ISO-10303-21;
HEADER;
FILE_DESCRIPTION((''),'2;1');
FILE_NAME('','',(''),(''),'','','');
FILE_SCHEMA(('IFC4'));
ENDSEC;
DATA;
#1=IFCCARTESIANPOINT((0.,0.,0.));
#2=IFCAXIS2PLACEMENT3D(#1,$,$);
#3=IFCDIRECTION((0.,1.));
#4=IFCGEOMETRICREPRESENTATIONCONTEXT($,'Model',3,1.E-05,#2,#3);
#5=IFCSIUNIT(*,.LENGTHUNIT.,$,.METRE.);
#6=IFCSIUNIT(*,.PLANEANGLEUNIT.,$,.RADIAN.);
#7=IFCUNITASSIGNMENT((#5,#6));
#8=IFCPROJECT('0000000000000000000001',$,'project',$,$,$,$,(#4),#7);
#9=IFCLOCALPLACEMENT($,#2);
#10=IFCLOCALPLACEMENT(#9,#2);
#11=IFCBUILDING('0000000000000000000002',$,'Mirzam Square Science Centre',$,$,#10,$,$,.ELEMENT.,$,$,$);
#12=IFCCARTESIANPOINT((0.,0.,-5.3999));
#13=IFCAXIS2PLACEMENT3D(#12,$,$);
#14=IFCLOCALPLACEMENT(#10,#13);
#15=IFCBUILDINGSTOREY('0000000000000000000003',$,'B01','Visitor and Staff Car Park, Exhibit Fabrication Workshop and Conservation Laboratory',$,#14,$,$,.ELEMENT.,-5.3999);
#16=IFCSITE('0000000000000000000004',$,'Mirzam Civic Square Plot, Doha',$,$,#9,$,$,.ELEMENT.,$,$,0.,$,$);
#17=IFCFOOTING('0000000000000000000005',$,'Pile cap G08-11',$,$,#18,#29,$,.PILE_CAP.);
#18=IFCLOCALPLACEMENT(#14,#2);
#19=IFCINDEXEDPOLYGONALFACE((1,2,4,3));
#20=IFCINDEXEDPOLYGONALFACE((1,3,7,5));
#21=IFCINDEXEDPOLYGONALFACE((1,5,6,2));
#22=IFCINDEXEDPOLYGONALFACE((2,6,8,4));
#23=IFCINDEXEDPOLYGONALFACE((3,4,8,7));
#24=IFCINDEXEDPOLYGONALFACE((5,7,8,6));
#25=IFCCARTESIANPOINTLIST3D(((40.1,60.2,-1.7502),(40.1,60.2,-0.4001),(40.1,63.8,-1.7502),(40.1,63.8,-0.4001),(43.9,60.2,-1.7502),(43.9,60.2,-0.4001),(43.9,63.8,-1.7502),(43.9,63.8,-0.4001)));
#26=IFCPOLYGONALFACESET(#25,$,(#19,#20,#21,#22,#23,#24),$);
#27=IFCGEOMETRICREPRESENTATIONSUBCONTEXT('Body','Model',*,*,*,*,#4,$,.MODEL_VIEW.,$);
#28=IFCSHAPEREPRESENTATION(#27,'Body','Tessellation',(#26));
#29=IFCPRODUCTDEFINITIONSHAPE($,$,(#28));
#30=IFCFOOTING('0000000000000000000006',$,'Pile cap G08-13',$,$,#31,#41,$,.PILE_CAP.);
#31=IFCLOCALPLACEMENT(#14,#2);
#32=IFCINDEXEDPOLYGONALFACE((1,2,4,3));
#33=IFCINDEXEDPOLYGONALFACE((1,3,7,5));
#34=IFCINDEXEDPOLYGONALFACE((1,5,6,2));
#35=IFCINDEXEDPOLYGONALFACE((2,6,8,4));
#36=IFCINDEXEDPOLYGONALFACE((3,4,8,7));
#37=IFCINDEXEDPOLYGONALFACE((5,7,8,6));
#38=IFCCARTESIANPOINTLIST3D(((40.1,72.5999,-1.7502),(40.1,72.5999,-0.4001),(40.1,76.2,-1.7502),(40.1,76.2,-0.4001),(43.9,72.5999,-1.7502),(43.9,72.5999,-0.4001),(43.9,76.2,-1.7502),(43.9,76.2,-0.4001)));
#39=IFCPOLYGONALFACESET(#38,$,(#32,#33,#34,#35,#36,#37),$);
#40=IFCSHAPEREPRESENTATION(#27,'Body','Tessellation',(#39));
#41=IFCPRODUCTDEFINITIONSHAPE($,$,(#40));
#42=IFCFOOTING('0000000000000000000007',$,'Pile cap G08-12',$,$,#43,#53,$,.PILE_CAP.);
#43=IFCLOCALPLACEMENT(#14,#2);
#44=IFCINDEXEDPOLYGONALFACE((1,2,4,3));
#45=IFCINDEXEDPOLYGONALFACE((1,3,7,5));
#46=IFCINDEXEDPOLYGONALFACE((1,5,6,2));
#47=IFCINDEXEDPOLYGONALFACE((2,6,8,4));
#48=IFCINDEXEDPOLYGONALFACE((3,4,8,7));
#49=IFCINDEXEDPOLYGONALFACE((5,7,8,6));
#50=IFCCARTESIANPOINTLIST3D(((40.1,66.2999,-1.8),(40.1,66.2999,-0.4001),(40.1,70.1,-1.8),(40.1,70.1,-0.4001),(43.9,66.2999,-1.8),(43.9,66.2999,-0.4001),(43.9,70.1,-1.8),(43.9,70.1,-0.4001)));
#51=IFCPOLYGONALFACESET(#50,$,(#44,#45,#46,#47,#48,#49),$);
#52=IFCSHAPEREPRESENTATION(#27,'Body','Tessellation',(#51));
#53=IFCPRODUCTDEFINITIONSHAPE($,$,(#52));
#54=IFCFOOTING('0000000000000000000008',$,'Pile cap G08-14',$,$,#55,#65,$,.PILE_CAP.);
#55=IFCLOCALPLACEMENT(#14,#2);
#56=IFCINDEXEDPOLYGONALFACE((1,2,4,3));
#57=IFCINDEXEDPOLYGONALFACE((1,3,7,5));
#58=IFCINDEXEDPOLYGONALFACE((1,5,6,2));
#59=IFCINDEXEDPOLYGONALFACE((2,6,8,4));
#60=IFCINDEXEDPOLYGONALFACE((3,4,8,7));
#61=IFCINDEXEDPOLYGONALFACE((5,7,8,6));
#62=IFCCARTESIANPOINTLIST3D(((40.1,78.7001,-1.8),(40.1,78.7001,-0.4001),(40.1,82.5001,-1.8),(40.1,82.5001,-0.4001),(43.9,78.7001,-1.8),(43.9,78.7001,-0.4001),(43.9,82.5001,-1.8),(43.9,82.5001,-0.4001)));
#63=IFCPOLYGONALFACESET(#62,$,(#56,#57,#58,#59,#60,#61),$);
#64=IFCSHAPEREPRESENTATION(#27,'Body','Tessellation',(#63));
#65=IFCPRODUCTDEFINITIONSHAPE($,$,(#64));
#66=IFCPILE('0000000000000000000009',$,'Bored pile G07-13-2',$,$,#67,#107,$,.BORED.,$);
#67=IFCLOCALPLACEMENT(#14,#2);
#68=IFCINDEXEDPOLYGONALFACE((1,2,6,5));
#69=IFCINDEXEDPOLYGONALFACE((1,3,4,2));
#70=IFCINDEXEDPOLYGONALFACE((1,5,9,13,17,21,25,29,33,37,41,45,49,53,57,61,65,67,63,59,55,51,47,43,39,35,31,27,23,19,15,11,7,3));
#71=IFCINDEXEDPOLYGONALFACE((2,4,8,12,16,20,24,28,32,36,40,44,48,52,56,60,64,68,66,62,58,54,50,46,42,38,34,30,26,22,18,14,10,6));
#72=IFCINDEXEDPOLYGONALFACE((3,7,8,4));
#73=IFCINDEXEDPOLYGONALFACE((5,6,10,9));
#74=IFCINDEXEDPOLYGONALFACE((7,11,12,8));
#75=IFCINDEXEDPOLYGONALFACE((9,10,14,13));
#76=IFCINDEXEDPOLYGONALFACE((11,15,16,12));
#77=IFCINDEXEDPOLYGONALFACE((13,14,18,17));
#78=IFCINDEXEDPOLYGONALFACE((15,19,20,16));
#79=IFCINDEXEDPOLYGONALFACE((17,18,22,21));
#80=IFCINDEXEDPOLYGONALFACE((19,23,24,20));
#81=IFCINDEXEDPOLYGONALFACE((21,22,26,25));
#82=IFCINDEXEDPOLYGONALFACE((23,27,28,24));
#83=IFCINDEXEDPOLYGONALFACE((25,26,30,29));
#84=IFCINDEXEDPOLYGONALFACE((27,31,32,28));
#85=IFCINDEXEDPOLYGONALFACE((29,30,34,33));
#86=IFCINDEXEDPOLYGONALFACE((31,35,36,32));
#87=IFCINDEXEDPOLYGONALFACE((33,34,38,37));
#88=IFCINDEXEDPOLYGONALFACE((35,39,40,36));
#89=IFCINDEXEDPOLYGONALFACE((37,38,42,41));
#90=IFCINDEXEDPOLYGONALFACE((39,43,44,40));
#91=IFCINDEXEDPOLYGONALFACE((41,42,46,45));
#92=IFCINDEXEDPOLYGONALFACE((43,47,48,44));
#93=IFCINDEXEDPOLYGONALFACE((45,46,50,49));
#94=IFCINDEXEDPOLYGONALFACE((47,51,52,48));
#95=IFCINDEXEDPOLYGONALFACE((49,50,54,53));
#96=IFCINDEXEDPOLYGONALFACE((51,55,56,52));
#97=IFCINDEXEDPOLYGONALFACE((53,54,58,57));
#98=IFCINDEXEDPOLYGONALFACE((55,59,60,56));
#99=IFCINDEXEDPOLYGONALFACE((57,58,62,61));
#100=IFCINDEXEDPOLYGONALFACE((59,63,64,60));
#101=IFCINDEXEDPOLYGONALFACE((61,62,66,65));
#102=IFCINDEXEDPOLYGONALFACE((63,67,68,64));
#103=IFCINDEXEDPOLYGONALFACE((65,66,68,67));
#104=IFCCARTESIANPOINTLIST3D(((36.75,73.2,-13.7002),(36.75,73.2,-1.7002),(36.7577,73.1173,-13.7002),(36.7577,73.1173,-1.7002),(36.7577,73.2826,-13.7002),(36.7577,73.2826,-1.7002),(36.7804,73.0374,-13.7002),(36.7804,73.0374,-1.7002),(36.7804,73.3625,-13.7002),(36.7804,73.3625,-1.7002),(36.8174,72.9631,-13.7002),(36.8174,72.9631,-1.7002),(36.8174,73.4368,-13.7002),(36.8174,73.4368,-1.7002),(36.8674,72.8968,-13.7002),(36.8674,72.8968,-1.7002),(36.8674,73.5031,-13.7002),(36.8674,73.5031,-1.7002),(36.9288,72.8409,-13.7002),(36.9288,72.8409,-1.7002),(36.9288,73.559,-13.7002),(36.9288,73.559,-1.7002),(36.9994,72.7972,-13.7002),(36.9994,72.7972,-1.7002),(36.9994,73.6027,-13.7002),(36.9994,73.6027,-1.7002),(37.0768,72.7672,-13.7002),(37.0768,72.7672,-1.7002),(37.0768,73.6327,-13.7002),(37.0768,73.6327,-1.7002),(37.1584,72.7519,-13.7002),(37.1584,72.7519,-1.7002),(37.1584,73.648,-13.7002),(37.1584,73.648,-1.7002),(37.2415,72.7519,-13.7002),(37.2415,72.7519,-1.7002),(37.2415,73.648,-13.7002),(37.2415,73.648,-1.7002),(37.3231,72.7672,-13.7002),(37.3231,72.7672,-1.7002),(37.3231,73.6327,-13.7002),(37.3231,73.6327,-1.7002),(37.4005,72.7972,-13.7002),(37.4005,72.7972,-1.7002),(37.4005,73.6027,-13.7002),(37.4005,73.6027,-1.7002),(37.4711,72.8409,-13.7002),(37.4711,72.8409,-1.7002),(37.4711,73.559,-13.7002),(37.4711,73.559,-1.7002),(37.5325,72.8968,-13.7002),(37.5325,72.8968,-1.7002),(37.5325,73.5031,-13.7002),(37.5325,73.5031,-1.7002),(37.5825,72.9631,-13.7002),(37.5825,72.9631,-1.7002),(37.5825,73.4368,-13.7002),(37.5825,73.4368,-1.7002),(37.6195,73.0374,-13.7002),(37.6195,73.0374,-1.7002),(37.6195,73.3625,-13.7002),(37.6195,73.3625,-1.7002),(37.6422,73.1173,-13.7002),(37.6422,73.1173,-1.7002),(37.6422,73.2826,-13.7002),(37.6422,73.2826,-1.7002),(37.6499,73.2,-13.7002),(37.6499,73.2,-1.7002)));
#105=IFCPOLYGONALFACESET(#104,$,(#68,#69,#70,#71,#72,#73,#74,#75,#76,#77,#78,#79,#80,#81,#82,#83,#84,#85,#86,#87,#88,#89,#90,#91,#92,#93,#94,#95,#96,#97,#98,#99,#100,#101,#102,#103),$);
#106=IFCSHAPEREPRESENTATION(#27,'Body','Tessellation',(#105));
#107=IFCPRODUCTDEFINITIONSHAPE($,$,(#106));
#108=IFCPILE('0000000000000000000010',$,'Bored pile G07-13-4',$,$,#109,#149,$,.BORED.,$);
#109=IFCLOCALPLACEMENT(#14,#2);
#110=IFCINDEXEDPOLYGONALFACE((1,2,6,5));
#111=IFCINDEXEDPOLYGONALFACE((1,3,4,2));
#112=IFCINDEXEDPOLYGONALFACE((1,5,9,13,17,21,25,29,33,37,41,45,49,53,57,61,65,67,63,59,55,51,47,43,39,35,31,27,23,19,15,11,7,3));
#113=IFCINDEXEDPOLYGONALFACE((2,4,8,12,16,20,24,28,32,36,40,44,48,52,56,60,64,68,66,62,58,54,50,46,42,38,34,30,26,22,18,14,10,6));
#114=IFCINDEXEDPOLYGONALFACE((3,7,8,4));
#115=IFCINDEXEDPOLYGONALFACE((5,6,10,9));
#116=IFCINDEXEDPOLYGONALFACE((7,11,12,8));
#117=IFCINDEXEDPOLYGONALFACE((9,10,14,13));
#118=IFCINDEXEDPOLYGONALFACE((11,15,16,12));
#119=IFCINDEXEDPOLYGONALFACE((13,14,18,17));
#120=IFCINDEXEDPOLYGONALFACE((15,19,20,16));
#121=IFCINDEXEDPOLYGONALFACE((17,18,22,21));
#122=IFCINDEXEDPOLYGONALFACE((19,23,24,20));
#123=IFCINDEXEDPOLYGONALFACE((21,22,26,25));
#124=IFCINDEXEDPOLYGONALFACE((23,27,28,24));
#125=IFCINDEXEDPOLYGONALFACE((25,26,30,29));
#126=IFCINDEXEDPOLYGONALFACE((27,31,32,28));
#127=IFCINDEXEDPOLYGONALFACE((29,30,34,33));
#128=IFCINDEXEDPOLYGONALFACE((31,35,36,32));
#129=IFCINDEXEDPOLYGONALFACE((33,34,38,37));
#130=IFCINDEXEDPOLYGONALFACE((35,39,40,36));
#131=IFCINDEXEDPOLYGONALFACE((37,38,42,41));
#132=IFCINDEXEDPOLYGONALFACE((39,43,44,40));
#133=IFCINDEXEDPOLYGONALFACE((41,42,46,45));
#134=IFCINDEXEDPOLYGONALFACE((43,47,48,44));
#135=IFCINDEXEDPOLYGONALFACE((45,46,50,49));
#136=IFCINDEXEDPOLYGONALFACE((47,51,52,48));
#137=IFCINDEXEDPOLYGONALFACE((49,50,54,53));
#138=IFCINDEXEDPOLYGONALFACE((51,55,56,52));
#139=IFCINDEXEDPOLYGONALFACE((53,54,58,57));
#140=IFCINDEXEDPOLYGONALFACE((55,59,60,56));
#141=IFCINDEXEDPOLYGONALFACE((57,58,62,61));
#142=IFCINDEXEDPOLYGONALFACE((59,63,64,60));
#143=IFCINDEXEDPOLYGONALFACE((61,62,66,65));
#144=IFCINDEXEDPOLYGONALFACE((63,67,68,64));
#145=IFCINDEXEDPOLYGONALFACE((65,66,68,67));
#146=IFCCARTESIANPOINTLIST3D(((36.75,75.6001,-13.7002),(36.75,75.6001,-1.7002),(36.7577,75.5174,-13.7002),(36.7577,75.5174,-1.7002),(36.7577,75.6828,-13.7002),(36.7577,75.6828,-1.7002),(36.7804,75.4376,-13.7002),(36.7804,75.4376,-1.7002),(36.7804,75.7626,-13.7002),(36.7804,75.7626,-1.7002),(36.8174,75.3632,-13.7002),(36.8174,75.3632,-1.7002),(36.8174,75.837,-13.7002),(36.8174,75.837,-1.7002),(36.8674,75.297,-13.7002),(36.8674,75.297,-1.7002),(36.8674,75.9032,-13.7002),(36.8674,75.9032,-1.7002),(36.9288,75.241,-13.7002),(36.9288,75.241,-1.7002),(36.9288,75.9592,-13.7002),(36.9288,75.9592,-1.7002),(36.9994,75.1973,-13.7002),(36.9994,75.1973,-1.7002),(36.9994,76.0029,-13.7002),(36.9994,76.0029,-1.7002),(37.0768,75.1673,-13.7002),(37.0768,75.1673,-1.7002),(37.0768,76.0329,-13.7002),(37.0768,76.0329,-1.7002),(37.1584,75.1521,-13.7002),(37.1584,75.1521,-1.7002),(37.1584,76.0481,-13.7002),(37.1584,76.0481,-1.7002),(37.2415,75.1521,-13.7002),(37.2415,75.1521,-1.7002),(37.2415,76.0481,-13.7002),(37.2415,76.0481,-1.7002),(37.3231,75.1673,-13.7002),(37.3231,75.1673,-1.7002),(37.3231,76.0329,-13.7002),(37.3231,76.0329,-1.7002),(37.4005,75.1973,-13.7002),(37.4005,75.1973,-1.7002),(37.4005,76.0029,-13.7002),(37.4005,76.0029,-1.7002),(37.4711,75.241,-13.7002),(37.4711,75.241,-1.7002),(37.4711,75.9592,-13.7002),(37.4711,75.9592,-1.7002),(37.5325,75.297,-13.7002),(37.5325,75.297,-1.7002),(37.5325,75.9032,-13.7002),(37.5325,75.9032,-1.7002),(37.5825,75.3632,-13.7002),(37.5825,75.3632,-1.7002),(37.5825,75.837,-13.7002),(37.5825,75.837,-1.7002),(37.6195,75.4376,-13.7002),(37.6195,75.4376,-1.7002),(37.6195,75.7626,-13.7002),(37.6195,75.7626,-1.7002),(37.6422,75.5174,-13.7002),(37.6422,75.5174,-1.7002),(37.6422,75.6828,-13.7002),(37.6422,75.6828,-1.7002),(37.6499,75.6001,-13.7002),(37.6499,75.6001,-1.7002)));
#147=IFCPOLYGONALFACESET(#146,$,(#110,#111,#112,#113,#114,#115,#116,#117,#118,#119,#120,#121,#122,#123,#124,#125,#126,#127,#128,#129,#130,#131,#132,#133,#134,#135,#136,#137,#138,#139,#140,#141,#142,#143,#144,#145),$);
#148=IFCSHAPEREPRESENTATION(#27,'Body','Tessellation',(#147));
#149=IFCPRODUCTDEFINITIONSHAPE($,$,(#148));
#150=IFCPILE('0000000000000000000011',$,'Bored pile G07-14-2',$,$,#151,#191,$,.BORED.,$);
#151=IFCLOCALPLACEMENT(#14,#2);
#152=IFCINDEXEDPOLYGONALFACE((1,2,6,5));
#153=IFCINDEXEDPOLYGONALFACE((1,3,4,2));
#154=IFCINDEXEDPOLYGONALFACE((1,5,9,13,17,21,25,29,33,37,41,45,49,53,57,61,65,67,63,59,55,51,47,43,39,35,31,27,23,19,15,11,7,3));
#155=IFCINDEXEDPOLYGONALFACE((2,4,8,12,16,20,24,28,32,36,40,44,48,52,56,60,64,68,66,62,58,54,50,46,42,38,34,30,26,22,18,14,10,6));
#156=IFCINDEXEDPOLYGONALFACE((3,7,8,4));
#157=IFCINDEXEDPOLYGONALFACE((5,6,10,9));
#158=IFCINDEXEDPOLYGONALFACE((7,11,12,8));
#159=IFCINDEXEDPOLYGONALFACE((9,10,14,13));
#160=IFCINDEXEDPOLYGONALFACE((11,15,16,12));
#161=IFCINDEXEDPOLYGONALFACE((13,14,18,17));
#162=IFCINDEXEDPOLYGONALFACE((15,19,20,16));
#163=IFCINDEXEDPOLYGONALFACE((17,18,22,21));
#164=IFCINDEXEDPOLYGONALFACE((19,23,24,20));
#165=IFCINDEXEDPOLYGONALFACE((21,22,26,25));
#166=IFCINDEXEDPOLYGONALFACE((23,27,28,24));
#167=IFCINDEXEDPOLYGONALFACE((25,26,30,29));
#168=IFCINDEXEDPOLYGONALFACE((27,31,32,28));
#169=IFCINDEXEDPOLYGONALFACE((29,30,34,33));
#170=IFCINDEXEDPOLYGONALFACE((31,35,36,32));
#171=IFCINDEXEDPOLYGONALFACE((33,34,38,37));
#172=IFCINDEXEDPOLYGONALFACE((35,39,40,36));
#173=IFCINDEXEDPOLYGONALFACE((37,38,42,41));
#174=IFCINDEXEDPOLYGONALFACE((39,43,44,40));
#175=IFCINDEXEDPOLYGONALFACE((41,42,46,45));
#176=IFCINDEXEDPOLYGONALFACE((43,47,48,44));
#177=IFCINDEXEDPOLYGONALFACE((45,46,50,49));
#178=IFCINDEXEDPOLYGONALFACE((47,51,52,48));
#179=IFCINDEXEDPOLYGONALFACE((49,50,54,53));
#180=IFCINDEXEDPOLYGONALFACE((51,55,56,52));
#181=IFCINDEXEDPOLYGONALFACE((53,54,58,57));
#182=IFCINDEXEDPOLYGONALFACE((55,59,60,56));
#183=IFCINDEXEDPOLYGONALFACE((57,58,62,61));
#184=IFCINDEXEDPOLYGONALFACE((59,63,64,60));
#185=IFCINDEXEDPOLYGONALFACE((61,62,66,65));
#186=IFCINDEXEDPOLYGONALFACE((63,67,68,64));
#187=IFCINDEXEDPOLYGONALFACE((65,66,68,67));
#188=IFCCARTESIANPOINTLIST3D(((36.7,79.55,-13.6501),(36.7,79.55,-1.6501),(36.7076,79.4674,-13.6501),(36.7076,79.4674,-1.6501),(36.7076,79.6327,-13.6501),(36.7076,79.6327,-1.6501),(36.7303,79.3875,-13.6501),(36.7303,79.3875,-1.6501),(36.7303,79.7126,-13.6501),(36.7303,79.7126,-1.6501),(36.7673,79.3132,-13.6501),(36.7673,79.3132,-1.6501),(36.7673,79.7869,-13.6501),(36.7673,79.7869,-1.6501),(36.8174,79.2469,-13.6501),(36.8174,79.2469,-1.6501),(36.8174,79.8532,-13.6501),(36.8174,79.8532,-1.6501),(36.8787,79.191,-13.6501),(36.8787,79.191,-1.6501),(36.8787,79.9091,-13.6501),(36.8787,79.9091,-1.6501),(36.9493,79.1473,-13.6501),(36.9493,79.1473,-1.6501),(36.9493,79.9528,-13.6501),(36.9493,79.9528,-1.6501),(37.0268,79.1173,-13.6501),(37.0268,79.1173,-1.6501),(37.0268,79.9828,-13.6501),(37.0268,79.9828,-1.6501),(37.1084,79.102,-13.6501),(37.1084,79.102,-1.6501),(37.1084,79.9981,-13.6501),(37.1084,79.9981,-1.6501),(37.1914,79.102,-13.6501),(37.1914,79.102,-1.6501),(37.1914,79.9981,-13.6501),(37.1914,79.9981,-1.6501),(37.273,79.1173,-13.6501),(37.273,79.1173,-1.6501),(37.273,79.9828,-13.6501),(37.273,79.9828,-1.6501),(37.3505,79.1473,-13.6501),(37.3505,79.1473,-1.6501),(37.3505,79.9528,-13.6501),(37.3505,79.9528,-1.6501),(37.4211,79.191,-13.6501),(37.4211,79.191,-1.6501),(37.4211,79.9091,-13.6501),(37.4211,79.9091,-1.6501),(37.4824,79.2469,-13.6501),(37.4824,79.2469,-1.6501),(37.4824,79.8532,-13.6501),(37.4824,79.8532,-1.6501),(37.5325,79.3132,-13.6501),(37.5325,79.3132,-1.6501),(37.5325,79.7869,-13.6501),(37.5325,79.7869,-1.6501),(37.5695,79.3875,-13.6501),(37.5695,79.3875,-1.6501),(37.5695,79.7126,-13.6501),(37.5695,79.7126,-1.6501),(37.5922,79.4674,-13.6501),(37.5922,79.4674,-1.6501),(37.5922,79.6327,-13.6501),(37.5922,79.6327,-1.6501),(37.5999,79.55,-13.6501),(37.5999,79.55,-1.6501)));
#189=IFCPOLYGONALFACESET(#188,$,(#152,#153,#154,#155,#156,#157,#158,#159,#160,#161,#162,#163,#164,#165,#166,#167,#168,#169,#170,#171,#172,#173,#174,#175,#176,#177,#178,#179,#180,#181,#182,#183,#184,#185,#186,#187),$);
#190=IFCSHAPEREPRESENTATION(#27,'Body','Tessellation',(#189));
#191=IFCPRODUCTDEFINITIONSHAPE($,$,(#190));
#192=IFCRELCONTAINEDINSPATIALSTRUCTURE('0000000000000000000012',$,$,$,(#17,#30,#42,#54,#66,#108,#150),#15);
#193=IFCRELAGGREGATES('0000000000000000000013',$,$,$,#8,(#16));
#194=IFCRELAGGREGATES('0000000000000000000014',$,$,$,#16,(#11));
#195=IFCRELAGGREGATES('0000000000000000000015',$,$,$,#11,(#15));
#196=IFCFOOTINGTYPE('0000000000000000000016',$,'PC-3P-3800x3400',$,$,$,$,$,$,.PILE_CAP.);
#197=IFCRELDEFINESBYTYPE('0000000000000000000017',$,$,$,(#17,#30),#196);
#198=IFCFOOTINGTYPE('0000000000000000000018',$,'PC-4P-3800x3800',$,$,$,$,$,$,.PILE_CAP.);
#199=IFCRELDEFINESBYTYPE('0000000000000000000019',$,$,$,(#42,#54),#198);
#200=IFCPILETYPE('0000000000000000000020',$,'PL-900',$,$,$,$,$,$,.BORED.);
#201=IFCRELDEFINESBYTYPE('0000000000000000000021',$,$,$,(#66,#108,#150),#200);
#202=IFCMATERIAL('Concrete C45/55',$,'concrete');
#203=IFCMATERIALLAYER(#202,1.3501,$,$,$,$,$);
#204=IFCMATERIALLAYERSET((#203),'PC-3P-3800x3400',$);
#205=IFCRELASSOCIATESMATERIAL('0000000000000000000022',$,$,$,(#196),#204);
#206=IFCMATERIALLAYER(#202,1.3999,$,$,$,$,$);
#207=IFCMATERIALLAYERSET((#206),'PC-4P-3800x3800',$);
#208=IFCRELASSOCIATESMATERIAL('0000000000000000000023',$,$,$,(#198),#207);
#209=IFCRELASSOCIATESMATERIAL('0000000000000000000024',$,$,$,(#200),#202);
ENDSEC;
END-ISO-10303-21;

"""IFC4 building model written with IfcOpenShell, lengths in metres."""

from ifc_helpers import new_model, si_unit, direction, frame, origin, origin_2d, place, context, subcontext, project, spatial, rectangle, circle, extrude, material, layer, layer_set, material_profile, profile_set, type_object, element, save


model = new_model("IFC4")

# Units and contexts
model_context = context("Model", 3, precision=1e-05, world=origin(), true_north=direction((0.0, 1.0)))
body_context = subcontext(model_context, "Body", "Model", "MODEL_VIEW")
ifc_project = project(units=[si_unit("LENGTHUNIT", "METRE"), si_unit("PLANEANGLEUNIT", "RADIAN")], contexts=[model_context])

# Site, building, storey
site_placement = place(None, origin())
site = spatial("IfcSite", under=ifc_project, at=site_placement, Name="Mirzam Civic Square Plot, Doha", CompositionType="ELEMENT", RefElevation=0.0)
building_placement = place(site_placement, origin())
building = spatial("IfcBuilding", under=site, at=building_placement, Name="Mirzam Square Science Centre", CompositionType="ELEMENT")
storey_placement = place(building_placement, frame((0.0, 0.0, -5.3999)))
storey = spatial("IfcBuildingStorey", under=building, at=storey_placement, Name="B01", Description="Visitor and Staff Car Park, Exhibit Fabrication Workshop and Conservation Laboratory", CompositionType="ELEMENT", Elevation=-5.3999)

# Footings
ifc_material_1 = material(Name="Concrete C45/55", Category="concrete")
ifc_layer_1 = layer(ifc_material_1, 1.3501)
ifc_layer_set_1 = layer_set([ifc_layer_1], Name="PC-3P-3800x3400")
footing_type_1 = type_object("IfcFootingType", Name="PC-3P-3800x3400", PredefinedType="PILE_CAP", material=ifc_layer_set_1)
for number, where, z_axis, x_axis, name in (
    (1, (42.0, 62.0, -1.7502), (0.0, 0.0, 1.0), (1.0, 0.0, 0.0), "Pile cap G08-11"),
    (2, (42.0, 74.3999, -1.7502), (0.0, 0.0, 1.0), (1.0, 0.0, 0.0), "Pile cap G08-13"),
):
    element("IfcFooting", number, at=place(storey_placement, frame(where, z_axis=z_axis, x_axis=x_axis)), inside=storey, type_object=footing_type_1, Name=name, PredefinedType="PILE_CAP", context=body_context, shape_type="SweptSolid", body=[
        extrude(rectangle(XDim=3.8, YDim=3.6001, at=origin_2d()), origin(), (0.0, 0.0, 1.0), 1.3501),
    ])
ifc_layer_2 = layer(ifc_material_1, 1.3999)
ifc_layer_set_2 = layer_set([ifc_layer_2], Name="PC-4P-3800x3800")
footing_type_2 = type_object("IfcFootingType", Name="PC-4P-3800x3800", PredefinedType="PILE_CAP", material=ifc_layer_set_2)
for number, where, z_axis, x_axis, name in (
    (3, (42.0, 68.2, -1.8), (0.0, 0.0, 1.0), (1.0, 0.0, 0.0), "Pile cap G08-12"),
    (4, (42.0, 80.6001, -1.8), (0.0, 0.0, 1.0), (1.0, 0.0, 0.0), "Pile cap G08-14"),
):
    element("IfcFooting", number, at=place(storey_placement, frame(where, z_axis=z_axis, x_axis=x_axis)), inside=storey, type_object=footing_type_2, Name=name, PredefinedType="PILE_CAP", context=body_context, shape_type="SweptSolid", body=[
        extrude(rectangle(XDim=3.8, YDim=3.8, at=origin_2d()), origin(), (0.0, 0.0, 1.0), 1.3999),
    ])

# Piles
ifc_material_profile_1 = material_profile(ifc_material_1, circle(Radius=0.45, at=origin_2d()), Name="PILE-D900")
ifc_profile_set_1 = profile_set([ifc_material_profile_1], Name="Concrete C45/55")
pile_type = type_object("IfcPileType", Name="PL-900", PredefinedType="BORED", material=ifc_profile_set_1)
for number, where, z_axis, x_axis, name in (
    (5, (37.2, 73.2, -1.7002), (0.0, 0.0, -1.0), (1.0, 0.0, 0.0), "Bored pile G07-13-2"),
    (6, (37.2, 75.6001, -1.7002), (0.0, 0.0, -1.0), (1.0, 0.0, 0.0), "Bored pile G07-13-4"),
    (7, (37.1499, 79.55, -1.6501), (0.0, 0.0, -1.0), (1.0, 0.0, 0.0), "Bored pile G07-14-2"),
):
    element("IfcPile", number, at=place(storey_placement, frame(where, z_axis=z_axis, x_axis=x_axis)), inside=storey, type_object=pile_type, Name=name, PredefinedType="BORED", context=body_context, shape_type="SweptSolid", body=[
        extrude(circle(Radius=0.45, at=origin_2d()), origin(), (0.0, 0.0, 1.0), 12.0),
    ])

save(model, "model.ifc")
